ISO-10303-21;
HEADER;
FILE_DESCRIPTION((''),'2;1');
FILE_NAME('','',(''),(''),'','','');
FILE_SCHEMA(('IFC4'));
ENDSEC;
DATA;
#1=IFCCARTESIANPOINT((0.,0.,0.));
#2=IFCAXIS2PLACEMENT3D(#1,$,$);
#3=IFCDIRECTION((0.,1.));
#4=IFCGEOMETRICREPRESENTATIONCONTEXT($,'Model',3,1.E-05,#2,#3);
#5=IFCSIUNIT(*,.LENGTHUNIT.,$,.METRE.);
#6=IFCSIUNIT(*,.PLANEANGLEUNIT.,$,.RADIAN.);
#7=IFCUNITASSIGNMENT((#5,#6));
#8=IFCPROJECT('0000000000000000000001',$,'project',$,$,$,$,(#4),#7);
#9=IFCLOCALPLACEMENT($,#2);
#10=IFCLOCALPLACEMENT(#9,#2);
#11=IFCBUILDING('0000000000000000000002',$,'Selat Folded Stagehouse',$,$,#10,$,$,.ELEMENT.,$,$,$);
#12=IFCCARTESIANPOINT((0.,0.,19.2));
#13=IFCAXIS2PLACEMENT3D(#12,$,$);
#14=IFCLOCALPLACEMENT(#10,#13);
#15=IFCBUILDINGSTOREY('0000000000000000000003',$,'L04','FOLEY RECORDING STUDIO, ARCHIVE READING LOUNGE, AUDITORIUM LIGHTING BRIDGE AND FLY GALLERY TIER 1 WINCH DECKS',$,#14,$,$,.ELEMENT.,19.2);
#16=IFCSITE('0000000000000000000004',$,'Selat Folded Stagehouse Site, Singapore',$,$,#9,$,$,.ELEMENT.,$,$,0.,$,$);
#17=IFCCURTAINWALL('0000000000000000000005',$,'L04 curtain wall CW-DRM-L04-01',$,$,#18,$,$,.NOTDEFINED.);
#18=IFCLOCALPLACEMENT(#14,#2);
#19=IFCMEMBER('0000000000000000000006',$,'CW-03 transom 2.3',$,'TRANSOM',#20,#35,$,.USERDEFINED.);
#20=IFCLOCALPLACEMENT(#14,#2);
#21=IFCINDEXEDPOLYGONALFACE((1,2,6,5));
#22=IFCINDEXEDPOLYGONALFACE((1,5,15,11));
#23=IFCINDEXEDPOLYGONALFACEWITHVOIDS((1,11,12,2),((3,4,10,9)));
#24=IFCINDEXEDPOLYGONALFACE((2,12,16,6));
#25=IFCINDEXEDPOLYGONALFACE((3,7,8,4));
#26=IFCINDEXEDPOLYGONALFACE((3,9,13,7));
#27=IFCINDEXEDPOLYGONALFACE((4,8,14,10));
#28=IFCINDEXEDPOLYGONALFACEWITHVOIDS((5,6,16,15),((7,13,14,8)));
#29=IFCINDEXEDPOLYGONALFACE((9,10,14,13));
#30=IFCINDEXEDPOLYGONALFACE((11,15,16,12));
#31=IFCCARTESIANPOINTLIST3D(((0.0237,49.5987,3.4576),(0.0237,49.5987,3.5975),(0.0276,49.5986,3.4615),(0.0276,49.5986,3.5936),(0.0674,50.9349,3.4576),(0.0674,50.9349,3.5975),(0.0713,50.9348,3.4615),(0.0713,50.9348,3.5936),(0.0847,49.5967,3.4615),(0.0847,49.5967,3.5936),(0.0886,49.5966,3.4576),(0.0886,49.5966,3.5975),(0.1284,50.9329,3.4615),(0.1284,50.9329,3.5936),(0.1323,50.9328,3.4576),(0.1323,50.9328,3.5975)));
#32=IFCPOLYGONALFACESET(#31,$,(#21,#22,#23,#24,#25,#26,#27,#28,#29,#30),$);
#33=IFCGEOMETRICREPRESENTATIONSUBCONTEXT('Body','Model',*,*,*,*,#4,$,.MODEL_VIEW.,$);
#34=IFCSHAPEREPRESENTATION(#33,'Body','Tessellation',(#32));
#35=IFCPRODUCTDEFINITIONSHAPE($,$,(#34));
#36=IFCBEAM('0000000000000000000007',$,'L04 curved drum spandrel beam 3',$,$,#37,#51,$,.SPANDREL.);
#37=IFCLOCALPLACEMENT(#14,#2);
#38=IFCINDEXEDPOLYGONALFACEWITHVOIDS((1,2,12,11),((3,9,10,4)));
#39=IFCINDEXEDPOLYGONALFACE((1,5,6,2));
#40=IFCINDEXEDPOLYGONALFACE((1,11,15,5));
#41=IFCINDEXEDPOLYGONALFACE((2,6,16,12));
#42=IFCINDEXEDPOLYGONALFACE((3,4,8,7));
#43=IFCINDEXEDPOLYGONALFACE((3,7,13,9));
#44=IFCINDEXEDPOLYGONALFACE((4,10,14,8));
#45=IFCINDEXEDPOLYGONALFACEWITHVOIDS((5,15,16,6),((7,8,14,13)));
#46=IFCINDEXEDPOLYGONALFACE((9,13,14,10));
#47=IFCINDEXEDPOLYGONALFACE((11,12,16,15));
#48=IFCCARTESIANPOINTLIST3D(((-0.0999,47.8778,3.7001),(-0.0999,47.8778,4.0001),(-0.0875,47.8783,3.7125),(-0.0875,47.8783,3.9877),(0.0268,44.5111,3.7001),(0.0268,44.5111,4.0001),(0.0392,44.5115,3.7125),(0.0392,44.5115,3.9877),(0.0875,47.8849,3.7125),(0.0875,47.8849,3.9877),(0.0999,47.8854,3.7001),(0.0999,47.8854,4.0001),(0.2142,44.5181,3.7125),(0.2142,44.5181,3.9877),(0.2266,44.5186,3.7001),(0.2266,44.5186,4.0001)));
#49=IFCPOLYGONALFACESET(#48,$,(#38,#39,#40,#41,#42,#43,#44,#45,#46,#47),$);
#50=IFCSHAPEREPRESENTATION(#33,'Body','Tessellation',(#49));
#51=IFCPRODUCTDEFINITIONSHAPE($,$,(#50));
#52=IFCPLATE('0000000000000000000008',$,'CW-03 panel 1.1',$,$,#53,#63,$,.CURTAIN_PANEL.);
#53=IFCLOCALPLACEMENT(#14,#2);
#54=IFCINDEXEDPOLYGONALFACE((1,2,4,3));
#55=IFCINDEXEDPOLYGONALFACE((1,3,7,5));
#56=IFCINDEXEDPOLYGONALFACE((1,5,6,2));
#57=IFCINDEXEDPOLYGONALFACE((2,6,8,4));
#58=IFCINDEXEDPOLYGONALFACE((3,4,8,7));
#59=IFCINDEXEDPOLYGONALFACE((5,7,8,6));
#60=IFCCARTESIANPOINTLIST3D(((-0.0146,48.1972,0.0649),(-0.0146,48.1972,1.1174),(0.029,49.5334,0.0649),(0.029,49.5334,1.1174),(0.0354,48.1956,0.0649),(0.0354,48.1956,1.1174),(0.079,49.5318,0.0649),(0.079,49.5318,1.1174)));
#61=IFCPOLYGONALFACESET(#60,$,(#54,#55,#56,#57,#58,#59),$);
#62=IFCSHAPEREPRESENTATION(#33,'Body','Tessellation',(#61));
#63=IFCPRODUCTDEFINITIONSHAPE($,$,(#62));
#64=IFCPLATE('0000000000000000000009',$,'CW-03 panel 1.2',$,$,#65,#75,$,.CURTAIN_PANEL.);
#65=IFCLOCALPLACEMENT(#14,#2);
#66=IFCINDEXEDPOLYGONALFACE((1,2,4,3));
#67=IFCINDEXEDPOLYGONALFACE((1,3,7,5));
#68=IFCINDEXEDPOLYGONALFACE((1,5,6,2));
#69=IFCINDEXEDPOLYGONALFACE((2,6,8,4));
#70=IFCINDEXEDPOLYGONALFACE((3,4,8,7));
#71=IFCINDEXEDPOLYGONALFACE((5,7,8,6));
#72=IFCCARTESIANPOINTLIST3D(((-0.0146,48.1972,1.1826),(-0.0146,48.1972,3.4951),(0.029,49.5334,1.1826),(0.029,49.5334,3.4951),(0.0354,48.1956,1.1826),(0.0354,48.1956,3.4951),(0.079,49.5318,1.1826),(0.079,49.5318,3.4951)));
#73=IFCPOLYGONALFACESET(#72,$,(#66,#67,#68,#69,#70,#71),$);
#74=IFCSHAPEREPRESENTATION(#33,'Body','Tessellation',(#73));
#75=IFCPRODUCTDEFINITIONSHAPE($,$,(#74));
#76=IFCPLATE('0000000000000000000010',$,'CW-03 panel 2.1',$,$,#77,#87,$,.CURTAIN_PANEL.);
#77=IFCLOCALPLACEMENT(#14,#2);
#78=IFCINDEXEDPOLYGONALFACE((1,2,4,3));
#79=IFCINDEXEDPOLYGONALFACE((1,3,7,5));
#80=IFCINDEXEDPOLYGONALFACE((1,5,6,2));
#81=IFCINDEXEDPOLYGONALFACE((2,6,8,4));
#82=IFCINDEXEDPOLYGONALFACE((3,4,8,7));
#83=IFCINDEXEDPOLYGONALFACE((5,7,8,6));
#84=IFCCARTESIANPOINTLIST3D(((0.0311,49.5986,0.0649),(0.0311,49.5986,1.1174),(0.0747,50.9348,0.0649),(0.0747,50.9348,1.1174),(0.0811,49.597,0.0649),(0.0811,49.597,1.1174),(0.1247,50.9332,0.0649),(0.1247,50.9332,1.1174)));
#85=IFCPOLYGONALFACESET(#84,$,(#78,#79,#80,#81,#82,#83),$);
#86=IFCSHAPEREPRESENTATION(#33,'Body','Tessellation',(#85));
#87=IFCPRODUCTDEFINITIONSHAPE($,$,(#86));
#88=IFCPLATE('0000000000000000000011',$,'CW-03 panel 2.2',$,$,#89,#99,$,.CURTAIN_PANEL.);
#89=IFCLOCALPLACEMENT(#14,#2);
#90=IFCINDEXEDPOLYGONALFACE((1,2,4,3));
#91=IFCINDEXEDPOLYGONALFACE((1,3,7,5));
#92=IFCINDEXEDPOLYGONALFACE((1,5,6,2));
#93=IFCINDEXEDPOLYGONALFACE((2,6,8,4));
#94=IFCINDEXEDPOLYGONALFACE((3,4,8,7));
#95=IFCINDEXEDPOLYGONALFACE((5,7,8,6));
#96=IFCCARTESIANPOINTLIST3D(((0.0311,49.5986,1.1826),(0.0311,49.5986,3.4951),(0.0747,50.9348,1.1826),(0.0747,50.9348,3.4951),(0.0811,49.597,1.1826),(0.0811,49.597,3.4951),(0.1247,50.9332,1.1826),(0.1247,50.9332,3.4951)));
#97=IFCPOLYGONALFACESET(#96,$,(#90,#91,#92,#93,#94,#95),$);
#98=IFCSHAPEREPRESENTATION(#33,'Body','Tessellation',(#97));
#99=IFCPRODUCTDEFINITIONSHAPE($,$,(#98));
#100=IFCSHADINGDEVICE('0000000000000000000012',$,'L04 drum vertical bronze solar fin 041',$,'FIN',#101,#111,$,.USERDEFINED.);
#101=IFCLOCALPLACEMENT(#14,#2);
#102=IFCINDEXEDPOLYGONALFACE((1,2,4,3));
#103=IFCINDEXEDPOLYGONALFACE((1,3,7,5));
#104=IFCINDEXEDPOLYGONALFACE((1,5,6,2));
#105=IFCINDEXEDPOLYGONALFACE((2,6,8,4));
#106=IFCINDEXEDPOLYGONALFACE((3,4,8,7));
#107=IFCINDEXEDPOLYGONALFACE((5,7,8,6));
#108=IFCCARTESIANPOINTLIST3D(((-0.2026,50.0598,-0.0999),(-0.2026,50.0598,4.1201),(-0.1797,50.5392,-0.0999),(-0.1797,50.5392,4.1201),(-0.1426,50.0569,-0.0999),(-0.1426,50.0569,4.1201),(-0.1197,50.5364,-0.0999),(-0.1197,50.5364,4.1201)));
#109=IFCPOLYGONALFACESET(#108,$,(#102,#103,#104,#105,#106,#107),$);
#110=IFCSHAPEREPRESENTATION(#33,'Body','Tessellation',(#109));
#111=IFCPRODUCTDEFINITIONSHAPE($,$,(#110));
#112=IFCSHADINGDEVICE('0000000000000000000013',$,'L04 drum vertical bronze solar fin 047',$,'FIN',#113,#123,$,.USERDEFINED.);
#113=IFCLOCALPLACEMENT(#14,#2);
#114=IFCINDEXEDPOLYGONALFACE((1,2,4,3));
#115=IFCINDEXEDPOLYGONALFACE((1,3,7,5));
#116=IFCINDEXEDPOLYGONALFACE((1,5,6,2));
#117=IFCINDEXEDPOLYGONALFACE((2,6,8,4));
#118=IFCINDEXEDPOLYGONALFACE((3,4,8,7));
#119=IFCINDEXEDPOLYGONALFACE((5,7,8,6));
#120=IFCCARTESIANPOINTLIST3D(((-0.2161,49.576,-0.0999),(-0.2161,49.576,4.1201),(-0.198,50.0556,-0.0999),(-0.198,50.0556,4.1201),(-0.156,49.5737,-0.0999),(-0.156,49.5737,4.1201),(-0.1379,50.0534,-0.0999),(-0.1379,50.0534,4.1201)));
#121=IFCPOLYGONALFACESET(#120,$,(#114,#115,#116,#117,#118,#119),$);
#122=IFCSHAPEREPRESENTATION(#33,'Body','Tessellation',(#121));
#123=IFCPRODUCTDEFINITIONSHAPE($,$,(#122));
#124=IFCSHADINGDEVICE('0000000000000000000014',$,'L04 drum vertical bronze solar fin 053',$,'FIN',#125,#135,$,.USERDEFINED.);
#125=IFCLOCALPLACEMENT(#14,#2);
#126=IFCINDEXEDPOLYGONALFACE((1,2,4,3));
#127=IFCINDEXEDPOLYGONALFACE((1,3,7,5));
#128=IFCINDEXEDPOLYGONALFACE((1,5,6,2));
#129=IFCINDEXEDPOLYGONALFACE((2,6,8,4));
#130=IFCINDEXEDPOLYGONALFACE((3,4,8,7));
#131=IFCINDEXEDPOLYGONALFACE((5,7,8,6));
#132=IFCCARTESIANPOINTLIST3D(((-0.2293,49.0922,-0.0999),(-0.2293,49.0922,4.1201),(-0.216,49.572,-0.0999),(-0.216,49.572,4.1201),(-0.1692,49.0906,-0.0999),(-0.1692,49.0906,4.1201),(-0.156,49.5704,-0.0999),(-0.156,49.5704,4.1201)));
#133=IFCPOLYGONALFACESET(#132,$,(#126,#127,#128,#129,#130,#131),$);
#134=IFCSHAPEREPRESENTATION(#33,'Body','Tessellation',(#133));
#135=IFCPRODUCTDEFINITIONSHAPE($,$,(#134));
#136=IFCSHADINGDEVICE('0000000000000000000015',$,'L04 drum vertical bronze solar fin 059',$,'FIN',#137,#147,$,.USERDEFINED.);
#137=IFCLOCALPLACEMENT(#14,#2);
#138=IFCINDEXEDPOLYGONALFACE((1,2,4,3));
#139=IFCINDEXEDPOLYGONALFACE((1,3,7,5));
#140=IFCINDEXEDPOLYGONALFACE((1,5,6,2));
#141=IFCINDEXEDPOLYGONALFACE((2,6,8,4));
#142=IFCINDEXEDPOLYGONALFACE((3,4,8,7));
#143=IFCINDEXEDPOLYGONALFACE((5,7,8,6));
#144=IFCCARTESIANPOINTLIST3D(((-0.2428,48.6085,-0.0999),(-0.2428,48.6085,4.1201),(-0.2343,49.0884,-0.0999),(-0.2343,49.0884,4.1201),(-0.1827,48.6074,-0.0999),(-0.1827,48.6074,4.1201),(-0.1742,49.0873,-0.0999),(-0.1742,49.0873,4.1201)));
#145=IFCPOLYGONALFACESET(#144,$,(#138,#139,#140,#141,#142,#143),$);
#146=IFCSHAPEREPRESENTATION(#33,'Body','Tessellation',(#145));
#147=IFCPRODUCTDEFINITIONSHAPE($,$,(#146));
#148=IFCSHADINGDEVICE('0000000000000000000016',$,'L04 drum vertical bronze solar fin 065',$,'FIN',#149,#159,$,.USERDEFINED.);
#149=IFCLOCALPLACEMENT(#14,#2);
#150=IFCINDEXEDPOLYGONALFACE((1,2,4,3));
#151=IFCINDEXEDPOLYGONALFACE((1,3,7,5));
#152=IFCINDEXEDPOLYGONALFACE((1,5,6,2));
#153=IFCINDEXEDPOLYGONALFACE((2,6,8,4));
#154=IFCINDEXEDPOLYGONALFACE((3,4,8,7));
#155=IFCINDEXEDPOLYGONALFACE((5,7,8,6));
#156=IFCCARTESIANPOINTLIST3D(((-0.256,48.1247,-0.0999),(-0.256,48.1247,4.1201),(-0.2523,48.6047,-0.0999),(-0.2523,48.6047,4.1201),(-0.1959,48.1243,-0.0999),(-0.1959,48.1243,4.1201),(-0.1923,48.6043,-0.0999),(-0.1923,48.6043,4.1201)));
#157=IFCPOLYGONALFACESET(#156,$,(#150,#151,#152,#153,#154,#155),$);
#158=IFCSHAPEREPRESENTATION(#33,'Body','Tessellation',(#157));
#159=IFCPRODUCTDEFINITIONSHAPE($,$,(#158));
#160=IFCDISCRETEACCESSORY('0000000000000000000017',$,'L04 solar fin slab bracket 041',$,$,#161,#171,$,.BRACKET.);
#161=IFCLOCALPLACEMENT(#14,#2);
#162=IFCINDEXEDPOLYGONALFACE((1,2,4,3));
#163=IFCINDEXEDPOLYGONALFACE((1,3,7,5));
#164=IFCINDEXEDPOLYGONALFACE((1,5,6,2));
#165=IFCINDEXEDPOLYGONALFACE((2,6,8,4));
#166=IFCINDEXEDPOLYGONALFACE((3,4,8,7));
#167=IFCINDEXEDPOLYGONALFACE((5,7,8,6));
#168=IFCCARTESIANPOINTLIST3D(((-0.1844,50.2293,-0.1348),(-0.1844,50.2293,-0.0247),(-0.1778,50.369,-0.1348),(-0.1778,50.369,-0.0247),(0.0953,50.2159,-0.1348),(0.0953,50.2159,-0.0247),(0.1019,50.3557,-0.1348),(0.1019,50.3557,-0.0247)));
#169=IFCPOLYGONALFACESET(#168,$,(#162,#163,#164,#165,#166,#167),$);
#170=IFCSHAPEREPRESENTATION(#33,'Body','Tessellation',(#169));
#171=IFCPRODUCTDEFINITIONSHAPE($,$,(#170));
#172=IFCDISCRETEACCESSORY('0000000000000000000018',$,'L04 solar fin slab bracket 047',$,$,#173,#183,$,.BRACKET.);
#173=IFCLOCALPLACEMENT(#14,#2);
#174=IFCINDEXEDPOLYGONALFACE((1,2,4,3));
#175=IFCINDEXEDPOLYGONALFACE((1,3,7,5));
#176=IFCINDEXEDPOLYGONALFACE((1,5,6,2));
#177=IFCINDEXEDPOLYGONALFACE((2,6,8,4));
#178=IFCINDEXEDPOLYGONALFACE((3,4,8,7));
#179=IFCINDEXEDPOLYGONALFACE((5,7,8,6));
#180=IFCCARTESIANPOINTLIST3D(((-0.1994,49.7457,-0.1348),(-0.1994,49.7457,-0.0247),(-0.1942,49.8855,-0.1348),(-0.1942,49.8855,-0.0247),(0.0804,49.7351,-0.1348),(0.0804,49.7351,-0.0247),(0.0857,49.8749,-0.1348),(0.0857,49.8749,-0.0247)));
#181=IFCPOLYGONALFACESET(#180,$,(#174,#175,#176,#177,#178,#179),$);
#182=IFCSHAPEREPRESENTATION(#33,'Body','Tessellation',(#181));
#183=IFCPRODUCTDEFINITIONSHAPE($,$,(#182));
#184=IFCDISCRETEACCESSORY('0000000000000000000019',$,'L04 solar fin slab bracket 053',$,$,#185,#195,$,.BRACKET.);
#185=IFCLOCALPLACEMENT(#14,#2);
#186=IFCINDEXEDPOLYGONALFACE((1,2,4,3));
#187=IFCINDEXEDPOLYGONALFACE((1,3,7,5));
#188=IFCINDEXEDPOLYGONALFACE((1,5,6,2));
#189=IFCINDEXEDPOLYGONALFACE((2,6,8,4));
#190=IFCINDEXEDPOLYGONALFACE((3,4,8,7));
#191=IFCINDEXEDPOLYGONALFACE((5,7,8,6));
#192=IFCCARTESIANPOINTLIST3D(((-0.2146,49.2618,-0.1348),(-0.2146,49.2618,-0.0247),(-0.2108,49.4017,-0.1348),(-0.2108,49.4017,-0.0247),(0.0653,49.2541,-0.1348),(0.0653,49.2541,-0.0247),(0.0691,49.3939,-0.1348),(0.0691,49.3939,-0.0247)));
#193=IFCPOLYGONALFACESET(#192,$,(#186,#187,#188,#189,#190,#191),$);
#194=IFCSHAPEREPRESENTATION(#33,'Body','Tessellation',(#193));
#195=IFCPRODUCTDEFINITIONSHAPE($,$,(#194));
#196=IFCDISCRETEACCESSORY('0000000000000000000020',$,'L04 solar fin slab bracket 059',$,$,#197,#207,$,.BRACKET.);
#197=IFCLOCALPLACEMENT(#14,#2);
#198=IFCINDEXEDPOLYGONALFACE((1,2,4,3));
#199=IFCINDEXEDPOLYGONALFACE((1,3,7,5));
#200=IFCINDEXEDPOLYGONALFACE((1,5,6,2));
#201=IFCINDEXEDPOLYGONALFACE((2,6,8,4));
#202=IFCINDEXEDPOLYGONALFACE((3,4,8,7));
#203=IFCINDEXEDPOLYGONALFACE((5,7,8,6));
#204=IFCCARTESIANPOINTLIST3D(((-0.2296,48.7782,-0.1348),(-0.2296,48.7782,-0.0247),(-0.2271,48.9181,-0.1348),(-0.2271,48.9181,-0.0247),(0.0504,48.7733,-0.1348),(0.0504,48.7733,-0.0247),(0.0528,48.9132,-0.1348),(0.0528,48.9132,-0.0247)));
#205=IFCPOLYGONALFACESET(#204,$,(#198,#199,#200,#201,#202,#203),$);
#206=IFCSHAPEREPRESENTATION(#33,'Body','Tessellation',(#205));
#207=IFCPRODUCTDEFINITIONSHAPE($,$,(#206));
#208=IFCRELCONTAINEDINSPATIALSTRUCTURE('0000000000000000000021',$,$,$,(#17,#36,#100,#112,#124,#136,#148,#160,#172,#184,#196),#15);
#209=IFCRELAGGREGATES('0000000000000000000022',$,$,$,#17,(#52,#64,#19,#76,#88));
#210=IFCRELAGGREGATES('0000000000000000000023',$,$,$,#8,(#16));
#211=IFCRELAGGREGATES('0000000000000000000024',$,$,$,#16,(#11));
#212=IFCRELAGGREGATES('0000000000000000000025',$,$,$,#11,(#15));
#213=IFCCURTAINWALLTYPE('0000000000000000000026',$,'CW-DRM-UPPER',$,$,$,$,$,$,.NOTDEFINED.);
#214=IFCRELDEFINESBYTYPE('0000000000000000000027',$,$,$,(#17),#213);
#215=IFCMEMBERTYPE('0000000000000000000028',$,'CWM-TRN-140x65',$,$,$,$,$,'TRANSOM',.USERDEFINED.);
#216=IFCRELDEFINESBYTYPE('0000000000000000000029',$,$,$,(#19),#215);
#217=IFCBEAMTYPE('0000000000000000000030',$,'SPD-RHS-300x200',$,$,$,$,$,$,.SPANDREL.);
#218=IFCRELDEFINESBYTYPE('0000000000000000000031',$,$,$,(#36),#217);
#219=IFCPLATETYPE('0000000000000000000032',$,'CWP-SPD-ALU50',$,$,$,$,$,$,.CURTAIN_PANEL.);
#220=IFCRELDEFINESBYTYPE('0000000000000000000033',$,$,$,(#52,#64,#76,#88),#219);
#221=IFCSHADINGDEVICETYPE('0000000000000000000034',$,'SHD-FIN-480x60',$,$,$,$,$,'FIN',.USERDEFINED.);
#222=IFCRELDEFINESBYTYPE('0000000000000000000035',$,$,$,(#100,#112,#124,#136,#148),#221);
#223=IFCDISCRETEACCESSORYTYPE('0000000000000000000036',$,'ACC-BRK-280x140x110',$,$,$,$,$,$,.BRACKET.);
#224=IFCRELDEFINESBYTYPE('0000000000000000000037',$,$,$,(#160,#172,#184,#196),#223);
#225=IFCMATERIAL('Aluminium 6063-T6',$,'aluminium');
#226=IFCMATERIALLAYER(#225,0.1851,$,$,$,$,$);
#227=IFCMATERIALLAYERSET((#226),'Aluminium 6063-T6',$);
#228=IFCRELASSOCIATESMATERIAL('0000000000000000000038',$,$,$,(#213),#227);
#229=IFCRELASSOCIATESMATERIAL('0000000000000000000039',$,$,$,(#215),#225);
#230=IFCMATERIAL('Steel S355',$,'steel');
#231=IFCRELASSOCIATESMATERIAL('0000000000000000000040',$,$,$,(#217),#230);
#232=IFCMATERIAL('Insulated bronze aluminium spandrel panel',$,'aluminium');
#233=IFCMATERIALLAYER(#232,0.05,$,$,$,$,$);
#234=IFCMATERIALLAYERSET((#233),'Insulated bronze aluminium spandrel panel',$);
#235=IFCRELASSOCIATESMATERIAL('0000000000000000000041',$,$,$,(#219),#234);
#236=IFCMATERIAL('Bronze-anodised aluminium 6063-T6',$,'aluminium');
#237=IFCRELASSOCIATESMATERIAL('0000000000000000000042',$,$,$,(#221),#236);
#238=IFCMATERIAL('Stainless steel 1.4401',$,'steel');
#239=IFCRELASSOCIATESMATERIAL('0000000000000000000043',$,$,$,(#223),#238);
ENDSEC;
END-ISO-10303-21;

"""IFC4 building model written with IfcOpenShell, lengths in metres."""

from ifc_helpers import new_model, si_unit, direction, frame, origin, origin_2d, place, context, subcontext, project, spatial, rectangle, hollow_rectangle, extrude, material, layer, layer_set, material_profile, profile_set, type_object, element, aggregate, save


model = new_model("IFC4")

# Units and contexts
model_context = context("Model", 3, precision=1e-05, world=origin(), true_north=direction((0.0, 1.0)))
body_context = subcontext(model_context, "Body", "Model", "MODEL_VIEW")
ifc_project = project(units=[si_unit("LENGTHUNIT", "METRE"), si_unit("PLANEANGLEUNIT", "RADIAN")], contexts=[model_context])

# Site, building, storey
site_placement = place(None, origin())
site = spatial("IfcSite", under=ifc_project, at=site_placement, Name="Selat Folded Stagehouse Site, Singapore", CompositionType="ELEMENT", RefElevation=0.0)
building_placement = place(site_placement, origin())
building = spatial("IfcBuilding", under=site, at=building_placement, Name="Selat Folded Stagehouse", CompositionType="ELEMENT")
storey_placement = place(building_placement, frame((0.0, 0.0, 19.2)))
storey = spatial("IfcBuildingStorey", under=building, at=storey_placement, Name="L04", Description="FOLEY RECORDING STUDIO, ARCHIVE READING LOUNGE, AUDITORIUM LIGHTING BRIDGE AND FLY GALLERY TIER 1 WINCH DECKS", CompositionType="ELEMENT", Elevation=19.2)

# Shared definitions
ifc_material_1 = material(Name="Steel S355", Category="steel")

# Curtain wall, member
ifc_material_2 = material(Name="Aluminium 6063-T6", Category="aluminium")
ifc_layer_1 = layer(ifc_material_2, 0.1851)
ifc_layer_set_1 = layer_set([ifc_layer_1], Name="Aluminium 6063-T6")
curtain_wall_type = type_object("IfcCurtainWallType", Name="CW-DRM-UPPER", PredefinedType="NOTDEFINED", material=ifc_layer_set_1)
curtain_wall_placement = place(storey_placement, origin())
curtain_wall = element("IfcCurtainWall", 1, at=curtain_wall_placement, inside=storey, type_object=curtain_wall_type, Name="L04 curtain wall CW-DRM-L04-01", PredefinedType="NOTDEFINED")
ifc_material_profile_1 = material_profile(ifc_material_2, hollow_rectangle(XDim=0.0649, YDim=0.1399, WallThickness=0.0039, at=origin_2d()), Name="ALU 140x65x4.0")
ifc_profile_set_1 = profile_set([ifc_material_profile_1], Name="Aluminium 6063-T6")
member_type_1 = type_object("IfcMemberType", Name="CWM-TRN-140x65", ElementType="TRANSOM", PredefinedType="USERDEFINED", material=ifc_profile_set_1)
member_1_placement = place(storey_placement, frame((0.0562, 49.5977, 3.5276), z_axis=(0.032689, 0.999466, 0.0), x_axis=(-0.999466, 0.032689, 0.0)))
member_1 = element("IfcMember", 2, at=member_1_placement, type_object=member_type_1, Name="CW-03 transom 2.3", ObjectType="TRANSOM", PredefinedType="USERDEFINED", context=body_context, shape_type="SweptSolid", body=[
    extrude(hollow_rectangle(XDim=0.0649, YDim=0.1399, WallThickness=0.0039, at=origin_2d()), origin(), (0.0, 0.0, 1.0), 1.3369),
])

# Beam
ifc_material_profile_2 = material_profile(ifc_material_1, hollow_rectangle(XDim=0.2, YDim=0.3, WallThickness=0.0125, at=origin_2d()), Name="RHS 300x200x12.5")
ifc_profile_set_2 = profile_set([ifc_material_profile_2], Name="Steel S355")
beam_type = type_object("IfcBeamType", Name="SPD-RHS-300x200", PredefinedType="SPANDREL", material=ifc_profile_set_2)
beam_placement = place(storey_placement, frame((0.0, 47.8816, 3.8501), z_axis=(0.037609, -0.999293, 0.0), x_axis=(0.999293, 0.037609, 0.0)))
element("IfcBeam", 3, at=beam_placement, inside=storey, type_object=beam_type, Name="L04 curved drum spandrel beam 3", PredefinedType="SPANDREL", context=body_context, shape_type="SweptSolid", body=[
    extrude(hollow_rectangle(XDim=0.2, YDim=0.3, WallThickness=0.0125, at=origin_2d()), origin(), (0.0, 0.0, 1.0), 3.3691),
])

# Plates
ifc_material_3 = material(Name="Insulated bronze aluminium spandrel panel", Category="aluminium")
ifc_layer_2 = layer(ifc_material_3, 0.05)
ifc_layer_set_2 = layer_set([ifc_layer_2], Name="Insulated bronze aluminium spandrel panel")
plate_type = type_object("IfcPlateType", Name="CWP-SPD-ALU50", PredefinedType="CURTAIN_PANEL", material=ifc_layer_set_2)
plate_1_placement = place(storey_placement, frame((0.0322, 48.8645, 0.0649), z_axis=(0.0, 0.0, 1.0), x_axis=(0.032625, 0.999468, 0.0)))
plate_1 = element("IfcPlate", 4, at=plate_1_placement, type_object=plate_type, Name="CW-03 panel 1.1", PredefinedType="CURTAIN_PANEL", context=body_context, shape_type="SweptSolid", body=[
    extrude(rectangle(XDim=1.3369, YDim=0.05, at=origin_2d()), origin(), (0.0, 0.0, 1.0), 1.0525),
])
plate_2_placement = place(storey_placement, frame((0.0322, 48.8645, 1.1826), z_axis=(0.0, 0.0, 1.0), x_axis=(0.032625, 0.999468, 0.0)))
plate_2 = element("IfcPlate", 5, at=plate_2_placement, type_object=plate_type, Name="CW-03 panel 1.2", PredefinedType="CURTAIN_PANEL", context=body_context, shape_type="SweptSolid", body=[
    extrude(rectangle(XDim=1.3369, YDim=0.05, at=origin_2d()), origin(), (0.0, 0.0, 1.0), 2.3125),
])
plate_3_placement = place(storey_placement, frame((0.0779, 50.2659, 0.0649), z_axis=(0.0, 0.0, 1.0), x_axis=(0.032625, 0.999468, 0.0)))
plate_3 = element("IfcPlate", 6, at=plate_3_placement, type_object=plate_type, Name="CW-03 panel 2.1", PredefinedType="CURTAIN_PANEL", context=body_context, shape_type="SweptSolid", body=[
    extrude(rectangle(XDim=1.3369, YDim=0.05, at=origin_2d()), origin(), (0.0, 0.0, 1.0), 1.0525),
])
plate_4_placement = place(storey_placement, frame((0.0779, 50.2659, 1.1826), z_axis=(0.0, 0.0, 1.0), x_axis=(0.032625, 0.999468, 0.0)))
plate_4 = element("IfcPlate", 7, at=plate_4_placement, type_object=plate_type, Name="CW-03 panel 2.2", PredefinedType="CURTAIN_PANEL", context=body_context, shape_type="SweptSolid", body=[
    extrude(rectangle(XDim=1.3369, YDim=0.05, at=origin_2d()), origin(), (0.0, 0.0, 1.0), 2.3125),
])
aggregate(curtain_wall, [plate_1, plate_2, member_1, plate_3, plate_4])

# Shading devices
ifc_material_4 = material(Name="Bronze-anodised aluminium 6063-T6", Category="aluminium")
ifc_material_profile_3 = material_profile(ifc_material_4, rectangle(XDim=0.0601, YDim=0.48, at=origin_2d()), Name="SOLAR-FIN 480x60")
ifc_profile_set_3 = profile_set([ifc_material_profile_3], Name="Bronze-anodised aluminium 6063-T6")
shading_device_type = type_object("IfcShadingDeviceType", Name="SHD-FIN-480x60", ElementType="FIN", PredefinedType="USERDEFINED", material=ifc_profile_set_3)
for number, where, z_axis, x_axis, name in (
    (8, (-0.1611, 50.2981, -0.0999), (0.0, 0.0, 1.0), (-0.998865, 0.047629, 0.0), "L04 drum vertical bronze solar fin 041"),
    (9, (-0.177, 49.8147, -0.0999), (0.0, 0.0, 1.0), (-0.999289, 0.03769, 0.0), "L04 drum vertical bronze solar fin 047"),
    (10, (-0.1926, 49.3313, -0.0999), (0.0, 0.0, 1.0), (-0.99962, 0.027573, 0.0), "L04 drum vertical bronze solar fin 053"),
    (11, (-0.2085, 48.8479, -0.0999), (0.0, 0.0, 1.0), (-0.999845, 0.017627, 0.0), "L04 drum vertical bronze solar fin 059"),
    (12, (-0.2241, 48.3645, -0.0999), (0.0, 0.0, 1.0), (-0.999972, 0.007505, 0.0), "L04 drum vertical bronze solar fin 065"),
):
    element("IfcShadingDevice", number, at=place(storey_placement, frame(where, z_axis=z_axis, x_axis=x_axis)), inside=storey, type_object=shading_device_type, Name=name, ObjectType="FIN", PredefinedType="USERDEFINED", context=body_context, shape_type="SweptSolid", body=[
        extrude(rectangle(XDim=0.0601, YDim=0.48, at=origin_2d()), origin(), (0.0, 0.0, 1.0), 4.22),
    ])

# Discrete accessories
ifc_material_5 = material(Name="Stainless steel 1.4401", Category="steel")
discrete_accessory_type = type_object("IfcDiscreteAccessoryType", Name="ACC-BRK-280x140x110", PredefinedType="BRACKET", material=ifc_material_5)
for number, where, z_axis, x_axis, name in (
    (13, (-0.0413, 50.2925, -0.1348), (0.0, 0.0, 1.0), (-0.998865, 0.047629, 0.0), "L04 solar fin slab bracket 041"),
    (14, (-0.0569, 49.8103, -0.1348), (0.0, 0.0, 1.0), (-0.999289, 0.03769, 0.0), "L04 solar fin slab bracket 047"),
    (15, (-0.0728, 49.3279, -0.1348), (0.0, 0.0, 1.0), (-0.99962, 0.027573, 0.0), "L04 solar fin slab bracket 053"),
    (16, (-0.0884, 48.8457, -0.1348), (0.0, 0.0, 1.0), (-0.999845, 0.017627, 0.0), "L04 solar fin slab bracket 059"),
):
    element("IfcDiscreteAccessory", number, at=place(storey_placement, frame(where, z_axis=z_axis, x_axis=x_axis)), inside=storey, type_object=discrete_accessory_type, Name=name, PredefinedType="BRACKET", context=body_context, shape_type="SweptSolid", body=[
        extrude(rectangle(XDim=0.28, YDim=0.1399, at=origin_2d()), origin(), (0.0, 0.0, 1.0), 0.1101),
    ])

save(model, "model.ifc")
